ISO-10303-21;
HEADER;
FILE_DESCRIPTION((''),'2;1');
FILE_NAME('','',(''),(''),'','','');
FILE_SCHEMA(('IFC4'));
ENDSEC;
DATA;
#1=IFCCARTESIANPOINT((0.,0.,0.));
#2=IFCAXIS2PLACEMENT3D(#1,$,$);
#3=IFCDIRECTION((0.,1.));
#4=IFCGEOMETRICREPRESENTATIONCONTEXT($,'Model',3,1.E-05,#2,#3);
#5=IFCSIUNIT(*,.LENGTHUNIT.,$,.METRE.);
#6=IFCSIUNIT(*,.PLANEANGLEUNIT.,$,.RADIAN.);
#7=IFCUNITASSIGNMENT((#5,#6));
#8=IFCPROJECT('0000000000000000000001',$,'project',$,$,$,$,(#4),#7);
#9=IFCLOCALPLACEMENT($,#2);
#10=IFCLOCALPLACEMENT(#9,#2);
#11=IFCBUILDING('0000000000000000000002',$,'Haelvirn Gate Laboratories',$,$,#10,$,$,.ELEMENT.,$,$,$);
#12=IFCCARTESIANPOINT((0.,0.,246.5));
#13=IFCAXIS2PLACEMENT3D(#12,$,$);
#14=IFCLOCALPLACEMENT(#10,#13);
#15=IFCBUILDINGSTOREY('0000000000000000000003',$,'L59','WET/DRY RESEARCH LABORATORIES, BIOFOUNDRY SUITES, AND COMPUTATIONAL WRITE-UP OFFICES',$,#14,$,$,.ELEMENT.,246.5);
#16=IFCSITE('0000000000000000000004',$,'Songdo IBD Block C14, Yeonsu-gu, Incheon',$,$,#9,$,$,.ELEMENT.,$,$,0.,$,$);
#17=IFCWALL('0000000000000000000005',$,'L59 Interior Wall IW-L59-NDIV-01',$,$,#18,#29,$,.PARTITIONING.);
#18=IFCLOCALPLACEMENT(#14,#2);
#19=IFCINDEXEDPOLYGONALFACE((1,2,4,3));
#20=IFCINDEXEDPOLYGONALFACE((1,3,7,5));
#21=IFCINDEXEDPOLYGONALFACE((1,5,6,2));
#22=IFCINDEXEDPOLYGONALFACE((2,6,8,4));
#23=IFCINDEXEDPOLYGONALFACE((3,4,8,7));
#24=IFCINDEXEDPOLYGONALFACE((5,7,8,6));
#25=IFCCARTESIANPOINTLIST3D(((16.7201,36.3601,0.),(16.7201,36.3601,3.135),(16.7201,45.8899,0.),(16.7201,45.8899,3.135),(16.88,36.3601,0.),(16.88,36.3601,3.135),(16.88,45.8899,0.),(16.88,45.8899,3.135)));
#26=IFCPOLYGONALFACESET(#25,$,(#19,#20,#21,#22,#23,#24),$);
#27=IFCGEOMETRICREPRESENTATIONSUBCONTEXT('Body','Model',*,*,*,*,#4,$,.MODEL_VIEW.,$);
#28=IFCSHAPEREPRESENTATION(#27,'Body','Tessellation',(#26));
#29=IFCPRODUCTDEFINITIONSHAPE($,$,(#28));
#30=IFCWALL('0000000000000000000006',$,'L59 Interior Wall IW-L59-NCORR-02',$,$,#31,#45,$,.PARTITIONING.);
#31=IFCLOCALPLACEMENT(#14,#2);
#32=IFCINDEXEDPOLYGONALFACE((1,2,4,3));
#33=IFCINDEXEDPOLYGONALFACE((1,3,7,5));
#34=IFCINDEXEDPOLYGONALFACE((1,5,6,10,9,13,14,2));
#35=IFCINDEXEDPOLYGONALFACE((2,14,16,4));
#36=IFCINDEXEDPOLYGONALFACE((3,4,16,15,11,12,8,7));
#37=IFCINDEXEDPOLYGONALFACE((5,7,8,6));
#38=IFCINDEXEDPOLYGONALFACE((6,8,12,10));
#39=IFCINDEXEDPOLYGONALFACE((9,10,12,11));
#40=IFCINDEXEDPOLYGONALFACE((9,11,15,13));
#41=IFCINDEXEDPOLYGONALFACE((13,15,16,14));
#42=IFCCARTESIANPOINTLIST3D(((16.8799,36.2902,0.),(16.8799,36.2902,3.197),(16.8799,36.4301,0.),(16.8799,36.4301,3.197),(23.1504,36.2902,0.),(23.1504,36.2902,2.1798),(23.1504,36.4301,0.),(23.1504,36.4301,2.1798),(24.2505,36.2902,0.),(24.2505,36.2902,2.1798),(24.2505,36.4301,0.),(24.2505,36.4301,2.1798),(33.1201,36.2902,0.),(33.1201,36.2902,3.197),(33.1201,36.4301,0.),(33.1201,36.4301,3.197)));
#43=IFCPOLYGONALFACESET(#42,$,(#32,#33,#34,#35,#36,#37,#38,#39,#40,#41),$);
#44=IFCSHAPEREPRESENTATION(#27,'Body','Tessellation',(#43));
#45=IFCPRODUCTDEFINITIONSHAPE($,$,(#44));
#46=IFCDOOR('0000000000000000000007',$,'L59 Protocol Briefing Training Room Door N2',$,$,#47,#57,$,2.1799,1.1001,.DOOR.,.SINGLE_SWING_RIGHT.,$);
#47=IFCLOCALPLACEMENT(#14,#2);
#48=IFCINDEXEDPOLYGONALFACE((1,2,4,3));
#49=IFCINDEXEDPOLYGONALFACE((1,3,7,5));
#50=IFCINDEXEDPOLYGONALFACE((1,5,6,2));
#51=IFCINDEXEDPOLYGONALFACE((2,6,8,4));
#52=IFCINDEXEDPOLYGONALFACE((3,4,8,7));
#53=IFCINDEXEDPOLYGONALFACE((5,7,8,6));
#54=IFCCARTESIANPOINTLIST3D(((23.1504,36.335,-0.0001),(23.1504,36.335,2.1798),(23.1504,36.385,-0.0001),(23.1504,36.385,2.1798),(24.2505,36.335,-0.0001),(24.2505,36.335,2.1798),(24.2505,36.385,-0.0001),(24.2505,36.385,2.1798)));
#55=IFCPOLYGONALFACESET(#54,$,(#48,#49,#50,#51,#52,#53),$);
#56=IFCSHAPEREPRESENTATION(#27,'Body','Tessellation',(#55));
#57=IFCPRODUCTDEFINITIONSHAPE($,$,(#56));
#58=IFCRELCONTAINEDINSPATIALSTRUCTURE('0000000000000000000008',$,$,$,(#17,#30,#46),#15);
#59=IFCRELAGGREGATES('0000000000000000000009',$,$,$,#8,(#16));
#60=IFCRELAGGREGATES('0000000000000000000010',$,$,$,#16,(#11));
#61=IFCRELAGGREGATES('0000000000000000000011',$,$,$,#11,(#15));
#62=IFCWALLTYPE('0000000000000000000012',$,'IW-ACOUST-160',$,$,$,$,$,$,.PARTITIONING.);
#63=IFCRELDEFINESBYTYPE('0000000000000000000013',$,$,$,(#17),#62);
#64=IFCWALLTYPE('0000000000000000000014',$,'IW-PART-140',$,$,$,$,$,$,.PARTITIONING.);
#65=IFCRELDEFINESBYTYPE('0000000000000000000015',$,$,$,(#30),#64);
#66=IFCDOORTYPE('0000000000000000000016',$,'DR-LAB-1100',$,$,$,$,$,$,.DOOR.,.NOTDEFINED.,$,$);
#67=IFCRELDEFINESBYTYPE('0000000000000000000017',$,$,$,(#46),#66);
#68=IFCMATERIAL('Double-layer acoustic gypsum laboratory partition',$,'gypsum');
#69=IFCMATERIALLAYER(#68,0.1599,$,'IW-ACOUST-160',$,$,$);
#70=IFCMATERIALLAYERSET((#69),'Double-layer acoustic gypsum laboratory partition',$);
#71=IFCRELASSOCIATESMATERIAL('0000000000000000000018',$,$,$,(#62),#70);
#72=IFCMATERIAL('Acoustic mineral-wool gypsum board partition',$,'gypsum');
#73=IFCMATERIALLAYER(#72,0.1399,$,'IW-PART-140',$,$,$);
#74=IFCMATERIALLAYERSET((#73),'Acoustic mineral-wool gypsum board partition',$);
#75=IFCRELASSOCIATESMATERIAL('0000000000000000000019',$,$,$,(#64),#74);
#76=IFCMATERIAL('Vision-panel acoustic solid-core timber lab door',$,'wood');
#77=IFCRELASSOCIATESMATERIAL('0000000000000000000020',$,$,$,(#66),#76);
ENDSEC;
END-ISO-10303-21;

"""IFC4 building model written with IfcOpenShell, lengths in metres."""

from ifc_helpers import new_model, si_unit, direction, frame, frame_2d, origin, place, context, subcontext, project, spatial, rectangle, extrude, source, transform, mapped, material, layer, layer_set, type_object, type_shapes, element, fill, save


model = new_model("IFC4")

# Units and contexts
model_context = context("Model", 3, precision=1e-05, world=origin(), true_north=direction((0.0, 1.0)))
body_context = subcontext(model_context, "Body", "Model", "MODEL_VIEW")
ifc_project = project(units=[si_unit("LENGTHUNIT", "METRE"), si_unit("PLANEANGLEUNIT", "RADIAN")], contexts=[model_context])

# Site, building, storey
site_placement = place(None, origin())
site = spatial("IfcSite", under=ifc_project, at=site_placement, Name="Songdo IBD Block C14, Yeonsu-gu, Incheon", CompositionType="ELEMENT", RefElevation=0.0)
building_placement = place(site_placement, origin())
building = spatial("IfcBuilding", under=site, at=building_placement, Name="Haelvirn Gate Laboratories", CompositionType="ELEMENT")
storey_placement = place(building_placement, frame((0.0, 0.0, 246.5)))
storey = spatial("IfcBuildingStorey", under=building, at=storey_placement, Name="L59", Description="WET/DRY RESEARCH LABORATORIES, BIOFOUNDRY SUITES, AND COMPUTATIONAL WRITE-UP OFFICES", CompositionType="ELEMENT", Elevation=246.5)

# Wall
ifc_material_1 = material(Name="Double-layer acoustic gypsum laboratory partition", Category="gypsum")
ifc_layer_1 = layer(ifc_material_1, 0.1599, Name="IW-ACOUST-160")
ifc_layer_set_1 = layer_set([ifc_layer_1], Name="Double-layer acoustic gypsum laboratory partition")
wall_type_1 = type_object("IfcWallType", Name="IW-ACOUST-160", PredefinedType="PARTITIONING", material=ifc_layer_set_1)
wall_1_placement = place(storey_placement, frame((16.8, 36.3601, 0.0), z_axis=(0.0, 0.0, 1.0), x_axis=(0.0, 1.0, 0.0)))
element("IfcWall", 1, at=wall_1_placement, inside=storey, type_object=wall_type_1, Name="L59 Interior Wall IW-L59-NDIV-01", PredefinedType="PARTITIONING", context=body_context, shape_type="SweptSolid", body=[
    extrude(rectangle(XDim=9.5298, YDim=0.1599, at=frame_2d((4.7649, 0.0))), origin(), (0.0, 0.0, 1.0), 3.135),
])

# Wall, opening, door
ifc_material_2 = material(Name="Acoustic mineral-wool gypsum board partition", Category="gypsum")
ifc_layer_2 = layer(ifc_material_2, 0.1399, Name="IW-PART-140")
ifc_layer_set_2 = layer_set([ifc_layer_2], Name="Acoustic mineral-wool gypsum board partition")
wall_type_2 = type_object("IfcWallType", Name="IW-PART-140", PredefinedType="PARTITIONING", material=ifc_layer_set_2)
wall_2_placement = place(storey_placement, frame((16.8799, 36.3601, 0.0), z_axis=(0.0, 0.0, 1.0), x_axis=(1.0, 0.0, 0.0)))
wall_2 = element("IfcWall", 2, at=wall_2_placement, inside=storey, type_object=wall_type_2, Name="L59 Interior Wall IW-L59-NCORR-02", PredefinedType="PARTITIONING", context=body_context, shape_type="SweptSolid", body=[
    extrude(rectangle(XDim=16.2402, YDim=0.1399, at=frame_2d((8.1201, 0.0))), origin(), (0.0, 0.0, 1.0), 3.197),
])
opening_placement = place(wall_2_placement, frame((6.2705, 0.0, 0.0)))
opening = element("IfcOpeningElement", 3, at=opening_placement, cuts=wall_2, PredefinedType="OPENING", context=body_context, shape_type="SweptSolid", body=[
    extrude(rectangle(XDim=1.1001, YDim=2.1799, at=frame_2d((0.55, 1.0898))), frame((0.0, 0.0801, 0.0), z_axis=(0.0, -1.0, 0.0), x_axis=(1.0, 0.0, 0.0)), (0.0, 0.0, 1.0), 0.1599),
])
ifc_material_3 = material(Name="Vision-panel acoustic solid-core timber lab door", Category="wood")
door_type = type_object("IfcDoorType", Name="DR-LAB-1100", OperationType="NOTDEFINED", PredefinedType="DOOR", material=ifc_material_3)
shared_shape_1 = source(origin(), body_context, "Body", "SweptSolid", [
    extrude(rectangle(XDim=1.1001, YDim=2.1799, at=frame_2d((0.55, 1.0898))), frame((0.0, 0.0249, 0.0), z_axis=(0.0, -1.0, 0.0), x_axis=(1.0, 0.0, 0.0)), (0.0, 0.0, 1.0), 0.05),
])
type_shapes(door_type, [shared_shape_1])
door_placement = place(opening_placement, origin())
door = element("IfcDoor", 4, at=door_placement, inside=storey, type_object=door_type, Name="L59 Protocol Briefing Training Room Door N2", OperationType="SINGLE_SWING_RIGHT", OverallHeight=2.1799, OverallWidth=1.1001, PredefinedType="DOOR", context=body_context, shape_type="MappedRepresentation", body=[
    mapped(shared_shape_1, transform((0.0, 0.0, 0.0), scale=1.0)),
])
fill(opening, door)

save(model, "model.ifc")
